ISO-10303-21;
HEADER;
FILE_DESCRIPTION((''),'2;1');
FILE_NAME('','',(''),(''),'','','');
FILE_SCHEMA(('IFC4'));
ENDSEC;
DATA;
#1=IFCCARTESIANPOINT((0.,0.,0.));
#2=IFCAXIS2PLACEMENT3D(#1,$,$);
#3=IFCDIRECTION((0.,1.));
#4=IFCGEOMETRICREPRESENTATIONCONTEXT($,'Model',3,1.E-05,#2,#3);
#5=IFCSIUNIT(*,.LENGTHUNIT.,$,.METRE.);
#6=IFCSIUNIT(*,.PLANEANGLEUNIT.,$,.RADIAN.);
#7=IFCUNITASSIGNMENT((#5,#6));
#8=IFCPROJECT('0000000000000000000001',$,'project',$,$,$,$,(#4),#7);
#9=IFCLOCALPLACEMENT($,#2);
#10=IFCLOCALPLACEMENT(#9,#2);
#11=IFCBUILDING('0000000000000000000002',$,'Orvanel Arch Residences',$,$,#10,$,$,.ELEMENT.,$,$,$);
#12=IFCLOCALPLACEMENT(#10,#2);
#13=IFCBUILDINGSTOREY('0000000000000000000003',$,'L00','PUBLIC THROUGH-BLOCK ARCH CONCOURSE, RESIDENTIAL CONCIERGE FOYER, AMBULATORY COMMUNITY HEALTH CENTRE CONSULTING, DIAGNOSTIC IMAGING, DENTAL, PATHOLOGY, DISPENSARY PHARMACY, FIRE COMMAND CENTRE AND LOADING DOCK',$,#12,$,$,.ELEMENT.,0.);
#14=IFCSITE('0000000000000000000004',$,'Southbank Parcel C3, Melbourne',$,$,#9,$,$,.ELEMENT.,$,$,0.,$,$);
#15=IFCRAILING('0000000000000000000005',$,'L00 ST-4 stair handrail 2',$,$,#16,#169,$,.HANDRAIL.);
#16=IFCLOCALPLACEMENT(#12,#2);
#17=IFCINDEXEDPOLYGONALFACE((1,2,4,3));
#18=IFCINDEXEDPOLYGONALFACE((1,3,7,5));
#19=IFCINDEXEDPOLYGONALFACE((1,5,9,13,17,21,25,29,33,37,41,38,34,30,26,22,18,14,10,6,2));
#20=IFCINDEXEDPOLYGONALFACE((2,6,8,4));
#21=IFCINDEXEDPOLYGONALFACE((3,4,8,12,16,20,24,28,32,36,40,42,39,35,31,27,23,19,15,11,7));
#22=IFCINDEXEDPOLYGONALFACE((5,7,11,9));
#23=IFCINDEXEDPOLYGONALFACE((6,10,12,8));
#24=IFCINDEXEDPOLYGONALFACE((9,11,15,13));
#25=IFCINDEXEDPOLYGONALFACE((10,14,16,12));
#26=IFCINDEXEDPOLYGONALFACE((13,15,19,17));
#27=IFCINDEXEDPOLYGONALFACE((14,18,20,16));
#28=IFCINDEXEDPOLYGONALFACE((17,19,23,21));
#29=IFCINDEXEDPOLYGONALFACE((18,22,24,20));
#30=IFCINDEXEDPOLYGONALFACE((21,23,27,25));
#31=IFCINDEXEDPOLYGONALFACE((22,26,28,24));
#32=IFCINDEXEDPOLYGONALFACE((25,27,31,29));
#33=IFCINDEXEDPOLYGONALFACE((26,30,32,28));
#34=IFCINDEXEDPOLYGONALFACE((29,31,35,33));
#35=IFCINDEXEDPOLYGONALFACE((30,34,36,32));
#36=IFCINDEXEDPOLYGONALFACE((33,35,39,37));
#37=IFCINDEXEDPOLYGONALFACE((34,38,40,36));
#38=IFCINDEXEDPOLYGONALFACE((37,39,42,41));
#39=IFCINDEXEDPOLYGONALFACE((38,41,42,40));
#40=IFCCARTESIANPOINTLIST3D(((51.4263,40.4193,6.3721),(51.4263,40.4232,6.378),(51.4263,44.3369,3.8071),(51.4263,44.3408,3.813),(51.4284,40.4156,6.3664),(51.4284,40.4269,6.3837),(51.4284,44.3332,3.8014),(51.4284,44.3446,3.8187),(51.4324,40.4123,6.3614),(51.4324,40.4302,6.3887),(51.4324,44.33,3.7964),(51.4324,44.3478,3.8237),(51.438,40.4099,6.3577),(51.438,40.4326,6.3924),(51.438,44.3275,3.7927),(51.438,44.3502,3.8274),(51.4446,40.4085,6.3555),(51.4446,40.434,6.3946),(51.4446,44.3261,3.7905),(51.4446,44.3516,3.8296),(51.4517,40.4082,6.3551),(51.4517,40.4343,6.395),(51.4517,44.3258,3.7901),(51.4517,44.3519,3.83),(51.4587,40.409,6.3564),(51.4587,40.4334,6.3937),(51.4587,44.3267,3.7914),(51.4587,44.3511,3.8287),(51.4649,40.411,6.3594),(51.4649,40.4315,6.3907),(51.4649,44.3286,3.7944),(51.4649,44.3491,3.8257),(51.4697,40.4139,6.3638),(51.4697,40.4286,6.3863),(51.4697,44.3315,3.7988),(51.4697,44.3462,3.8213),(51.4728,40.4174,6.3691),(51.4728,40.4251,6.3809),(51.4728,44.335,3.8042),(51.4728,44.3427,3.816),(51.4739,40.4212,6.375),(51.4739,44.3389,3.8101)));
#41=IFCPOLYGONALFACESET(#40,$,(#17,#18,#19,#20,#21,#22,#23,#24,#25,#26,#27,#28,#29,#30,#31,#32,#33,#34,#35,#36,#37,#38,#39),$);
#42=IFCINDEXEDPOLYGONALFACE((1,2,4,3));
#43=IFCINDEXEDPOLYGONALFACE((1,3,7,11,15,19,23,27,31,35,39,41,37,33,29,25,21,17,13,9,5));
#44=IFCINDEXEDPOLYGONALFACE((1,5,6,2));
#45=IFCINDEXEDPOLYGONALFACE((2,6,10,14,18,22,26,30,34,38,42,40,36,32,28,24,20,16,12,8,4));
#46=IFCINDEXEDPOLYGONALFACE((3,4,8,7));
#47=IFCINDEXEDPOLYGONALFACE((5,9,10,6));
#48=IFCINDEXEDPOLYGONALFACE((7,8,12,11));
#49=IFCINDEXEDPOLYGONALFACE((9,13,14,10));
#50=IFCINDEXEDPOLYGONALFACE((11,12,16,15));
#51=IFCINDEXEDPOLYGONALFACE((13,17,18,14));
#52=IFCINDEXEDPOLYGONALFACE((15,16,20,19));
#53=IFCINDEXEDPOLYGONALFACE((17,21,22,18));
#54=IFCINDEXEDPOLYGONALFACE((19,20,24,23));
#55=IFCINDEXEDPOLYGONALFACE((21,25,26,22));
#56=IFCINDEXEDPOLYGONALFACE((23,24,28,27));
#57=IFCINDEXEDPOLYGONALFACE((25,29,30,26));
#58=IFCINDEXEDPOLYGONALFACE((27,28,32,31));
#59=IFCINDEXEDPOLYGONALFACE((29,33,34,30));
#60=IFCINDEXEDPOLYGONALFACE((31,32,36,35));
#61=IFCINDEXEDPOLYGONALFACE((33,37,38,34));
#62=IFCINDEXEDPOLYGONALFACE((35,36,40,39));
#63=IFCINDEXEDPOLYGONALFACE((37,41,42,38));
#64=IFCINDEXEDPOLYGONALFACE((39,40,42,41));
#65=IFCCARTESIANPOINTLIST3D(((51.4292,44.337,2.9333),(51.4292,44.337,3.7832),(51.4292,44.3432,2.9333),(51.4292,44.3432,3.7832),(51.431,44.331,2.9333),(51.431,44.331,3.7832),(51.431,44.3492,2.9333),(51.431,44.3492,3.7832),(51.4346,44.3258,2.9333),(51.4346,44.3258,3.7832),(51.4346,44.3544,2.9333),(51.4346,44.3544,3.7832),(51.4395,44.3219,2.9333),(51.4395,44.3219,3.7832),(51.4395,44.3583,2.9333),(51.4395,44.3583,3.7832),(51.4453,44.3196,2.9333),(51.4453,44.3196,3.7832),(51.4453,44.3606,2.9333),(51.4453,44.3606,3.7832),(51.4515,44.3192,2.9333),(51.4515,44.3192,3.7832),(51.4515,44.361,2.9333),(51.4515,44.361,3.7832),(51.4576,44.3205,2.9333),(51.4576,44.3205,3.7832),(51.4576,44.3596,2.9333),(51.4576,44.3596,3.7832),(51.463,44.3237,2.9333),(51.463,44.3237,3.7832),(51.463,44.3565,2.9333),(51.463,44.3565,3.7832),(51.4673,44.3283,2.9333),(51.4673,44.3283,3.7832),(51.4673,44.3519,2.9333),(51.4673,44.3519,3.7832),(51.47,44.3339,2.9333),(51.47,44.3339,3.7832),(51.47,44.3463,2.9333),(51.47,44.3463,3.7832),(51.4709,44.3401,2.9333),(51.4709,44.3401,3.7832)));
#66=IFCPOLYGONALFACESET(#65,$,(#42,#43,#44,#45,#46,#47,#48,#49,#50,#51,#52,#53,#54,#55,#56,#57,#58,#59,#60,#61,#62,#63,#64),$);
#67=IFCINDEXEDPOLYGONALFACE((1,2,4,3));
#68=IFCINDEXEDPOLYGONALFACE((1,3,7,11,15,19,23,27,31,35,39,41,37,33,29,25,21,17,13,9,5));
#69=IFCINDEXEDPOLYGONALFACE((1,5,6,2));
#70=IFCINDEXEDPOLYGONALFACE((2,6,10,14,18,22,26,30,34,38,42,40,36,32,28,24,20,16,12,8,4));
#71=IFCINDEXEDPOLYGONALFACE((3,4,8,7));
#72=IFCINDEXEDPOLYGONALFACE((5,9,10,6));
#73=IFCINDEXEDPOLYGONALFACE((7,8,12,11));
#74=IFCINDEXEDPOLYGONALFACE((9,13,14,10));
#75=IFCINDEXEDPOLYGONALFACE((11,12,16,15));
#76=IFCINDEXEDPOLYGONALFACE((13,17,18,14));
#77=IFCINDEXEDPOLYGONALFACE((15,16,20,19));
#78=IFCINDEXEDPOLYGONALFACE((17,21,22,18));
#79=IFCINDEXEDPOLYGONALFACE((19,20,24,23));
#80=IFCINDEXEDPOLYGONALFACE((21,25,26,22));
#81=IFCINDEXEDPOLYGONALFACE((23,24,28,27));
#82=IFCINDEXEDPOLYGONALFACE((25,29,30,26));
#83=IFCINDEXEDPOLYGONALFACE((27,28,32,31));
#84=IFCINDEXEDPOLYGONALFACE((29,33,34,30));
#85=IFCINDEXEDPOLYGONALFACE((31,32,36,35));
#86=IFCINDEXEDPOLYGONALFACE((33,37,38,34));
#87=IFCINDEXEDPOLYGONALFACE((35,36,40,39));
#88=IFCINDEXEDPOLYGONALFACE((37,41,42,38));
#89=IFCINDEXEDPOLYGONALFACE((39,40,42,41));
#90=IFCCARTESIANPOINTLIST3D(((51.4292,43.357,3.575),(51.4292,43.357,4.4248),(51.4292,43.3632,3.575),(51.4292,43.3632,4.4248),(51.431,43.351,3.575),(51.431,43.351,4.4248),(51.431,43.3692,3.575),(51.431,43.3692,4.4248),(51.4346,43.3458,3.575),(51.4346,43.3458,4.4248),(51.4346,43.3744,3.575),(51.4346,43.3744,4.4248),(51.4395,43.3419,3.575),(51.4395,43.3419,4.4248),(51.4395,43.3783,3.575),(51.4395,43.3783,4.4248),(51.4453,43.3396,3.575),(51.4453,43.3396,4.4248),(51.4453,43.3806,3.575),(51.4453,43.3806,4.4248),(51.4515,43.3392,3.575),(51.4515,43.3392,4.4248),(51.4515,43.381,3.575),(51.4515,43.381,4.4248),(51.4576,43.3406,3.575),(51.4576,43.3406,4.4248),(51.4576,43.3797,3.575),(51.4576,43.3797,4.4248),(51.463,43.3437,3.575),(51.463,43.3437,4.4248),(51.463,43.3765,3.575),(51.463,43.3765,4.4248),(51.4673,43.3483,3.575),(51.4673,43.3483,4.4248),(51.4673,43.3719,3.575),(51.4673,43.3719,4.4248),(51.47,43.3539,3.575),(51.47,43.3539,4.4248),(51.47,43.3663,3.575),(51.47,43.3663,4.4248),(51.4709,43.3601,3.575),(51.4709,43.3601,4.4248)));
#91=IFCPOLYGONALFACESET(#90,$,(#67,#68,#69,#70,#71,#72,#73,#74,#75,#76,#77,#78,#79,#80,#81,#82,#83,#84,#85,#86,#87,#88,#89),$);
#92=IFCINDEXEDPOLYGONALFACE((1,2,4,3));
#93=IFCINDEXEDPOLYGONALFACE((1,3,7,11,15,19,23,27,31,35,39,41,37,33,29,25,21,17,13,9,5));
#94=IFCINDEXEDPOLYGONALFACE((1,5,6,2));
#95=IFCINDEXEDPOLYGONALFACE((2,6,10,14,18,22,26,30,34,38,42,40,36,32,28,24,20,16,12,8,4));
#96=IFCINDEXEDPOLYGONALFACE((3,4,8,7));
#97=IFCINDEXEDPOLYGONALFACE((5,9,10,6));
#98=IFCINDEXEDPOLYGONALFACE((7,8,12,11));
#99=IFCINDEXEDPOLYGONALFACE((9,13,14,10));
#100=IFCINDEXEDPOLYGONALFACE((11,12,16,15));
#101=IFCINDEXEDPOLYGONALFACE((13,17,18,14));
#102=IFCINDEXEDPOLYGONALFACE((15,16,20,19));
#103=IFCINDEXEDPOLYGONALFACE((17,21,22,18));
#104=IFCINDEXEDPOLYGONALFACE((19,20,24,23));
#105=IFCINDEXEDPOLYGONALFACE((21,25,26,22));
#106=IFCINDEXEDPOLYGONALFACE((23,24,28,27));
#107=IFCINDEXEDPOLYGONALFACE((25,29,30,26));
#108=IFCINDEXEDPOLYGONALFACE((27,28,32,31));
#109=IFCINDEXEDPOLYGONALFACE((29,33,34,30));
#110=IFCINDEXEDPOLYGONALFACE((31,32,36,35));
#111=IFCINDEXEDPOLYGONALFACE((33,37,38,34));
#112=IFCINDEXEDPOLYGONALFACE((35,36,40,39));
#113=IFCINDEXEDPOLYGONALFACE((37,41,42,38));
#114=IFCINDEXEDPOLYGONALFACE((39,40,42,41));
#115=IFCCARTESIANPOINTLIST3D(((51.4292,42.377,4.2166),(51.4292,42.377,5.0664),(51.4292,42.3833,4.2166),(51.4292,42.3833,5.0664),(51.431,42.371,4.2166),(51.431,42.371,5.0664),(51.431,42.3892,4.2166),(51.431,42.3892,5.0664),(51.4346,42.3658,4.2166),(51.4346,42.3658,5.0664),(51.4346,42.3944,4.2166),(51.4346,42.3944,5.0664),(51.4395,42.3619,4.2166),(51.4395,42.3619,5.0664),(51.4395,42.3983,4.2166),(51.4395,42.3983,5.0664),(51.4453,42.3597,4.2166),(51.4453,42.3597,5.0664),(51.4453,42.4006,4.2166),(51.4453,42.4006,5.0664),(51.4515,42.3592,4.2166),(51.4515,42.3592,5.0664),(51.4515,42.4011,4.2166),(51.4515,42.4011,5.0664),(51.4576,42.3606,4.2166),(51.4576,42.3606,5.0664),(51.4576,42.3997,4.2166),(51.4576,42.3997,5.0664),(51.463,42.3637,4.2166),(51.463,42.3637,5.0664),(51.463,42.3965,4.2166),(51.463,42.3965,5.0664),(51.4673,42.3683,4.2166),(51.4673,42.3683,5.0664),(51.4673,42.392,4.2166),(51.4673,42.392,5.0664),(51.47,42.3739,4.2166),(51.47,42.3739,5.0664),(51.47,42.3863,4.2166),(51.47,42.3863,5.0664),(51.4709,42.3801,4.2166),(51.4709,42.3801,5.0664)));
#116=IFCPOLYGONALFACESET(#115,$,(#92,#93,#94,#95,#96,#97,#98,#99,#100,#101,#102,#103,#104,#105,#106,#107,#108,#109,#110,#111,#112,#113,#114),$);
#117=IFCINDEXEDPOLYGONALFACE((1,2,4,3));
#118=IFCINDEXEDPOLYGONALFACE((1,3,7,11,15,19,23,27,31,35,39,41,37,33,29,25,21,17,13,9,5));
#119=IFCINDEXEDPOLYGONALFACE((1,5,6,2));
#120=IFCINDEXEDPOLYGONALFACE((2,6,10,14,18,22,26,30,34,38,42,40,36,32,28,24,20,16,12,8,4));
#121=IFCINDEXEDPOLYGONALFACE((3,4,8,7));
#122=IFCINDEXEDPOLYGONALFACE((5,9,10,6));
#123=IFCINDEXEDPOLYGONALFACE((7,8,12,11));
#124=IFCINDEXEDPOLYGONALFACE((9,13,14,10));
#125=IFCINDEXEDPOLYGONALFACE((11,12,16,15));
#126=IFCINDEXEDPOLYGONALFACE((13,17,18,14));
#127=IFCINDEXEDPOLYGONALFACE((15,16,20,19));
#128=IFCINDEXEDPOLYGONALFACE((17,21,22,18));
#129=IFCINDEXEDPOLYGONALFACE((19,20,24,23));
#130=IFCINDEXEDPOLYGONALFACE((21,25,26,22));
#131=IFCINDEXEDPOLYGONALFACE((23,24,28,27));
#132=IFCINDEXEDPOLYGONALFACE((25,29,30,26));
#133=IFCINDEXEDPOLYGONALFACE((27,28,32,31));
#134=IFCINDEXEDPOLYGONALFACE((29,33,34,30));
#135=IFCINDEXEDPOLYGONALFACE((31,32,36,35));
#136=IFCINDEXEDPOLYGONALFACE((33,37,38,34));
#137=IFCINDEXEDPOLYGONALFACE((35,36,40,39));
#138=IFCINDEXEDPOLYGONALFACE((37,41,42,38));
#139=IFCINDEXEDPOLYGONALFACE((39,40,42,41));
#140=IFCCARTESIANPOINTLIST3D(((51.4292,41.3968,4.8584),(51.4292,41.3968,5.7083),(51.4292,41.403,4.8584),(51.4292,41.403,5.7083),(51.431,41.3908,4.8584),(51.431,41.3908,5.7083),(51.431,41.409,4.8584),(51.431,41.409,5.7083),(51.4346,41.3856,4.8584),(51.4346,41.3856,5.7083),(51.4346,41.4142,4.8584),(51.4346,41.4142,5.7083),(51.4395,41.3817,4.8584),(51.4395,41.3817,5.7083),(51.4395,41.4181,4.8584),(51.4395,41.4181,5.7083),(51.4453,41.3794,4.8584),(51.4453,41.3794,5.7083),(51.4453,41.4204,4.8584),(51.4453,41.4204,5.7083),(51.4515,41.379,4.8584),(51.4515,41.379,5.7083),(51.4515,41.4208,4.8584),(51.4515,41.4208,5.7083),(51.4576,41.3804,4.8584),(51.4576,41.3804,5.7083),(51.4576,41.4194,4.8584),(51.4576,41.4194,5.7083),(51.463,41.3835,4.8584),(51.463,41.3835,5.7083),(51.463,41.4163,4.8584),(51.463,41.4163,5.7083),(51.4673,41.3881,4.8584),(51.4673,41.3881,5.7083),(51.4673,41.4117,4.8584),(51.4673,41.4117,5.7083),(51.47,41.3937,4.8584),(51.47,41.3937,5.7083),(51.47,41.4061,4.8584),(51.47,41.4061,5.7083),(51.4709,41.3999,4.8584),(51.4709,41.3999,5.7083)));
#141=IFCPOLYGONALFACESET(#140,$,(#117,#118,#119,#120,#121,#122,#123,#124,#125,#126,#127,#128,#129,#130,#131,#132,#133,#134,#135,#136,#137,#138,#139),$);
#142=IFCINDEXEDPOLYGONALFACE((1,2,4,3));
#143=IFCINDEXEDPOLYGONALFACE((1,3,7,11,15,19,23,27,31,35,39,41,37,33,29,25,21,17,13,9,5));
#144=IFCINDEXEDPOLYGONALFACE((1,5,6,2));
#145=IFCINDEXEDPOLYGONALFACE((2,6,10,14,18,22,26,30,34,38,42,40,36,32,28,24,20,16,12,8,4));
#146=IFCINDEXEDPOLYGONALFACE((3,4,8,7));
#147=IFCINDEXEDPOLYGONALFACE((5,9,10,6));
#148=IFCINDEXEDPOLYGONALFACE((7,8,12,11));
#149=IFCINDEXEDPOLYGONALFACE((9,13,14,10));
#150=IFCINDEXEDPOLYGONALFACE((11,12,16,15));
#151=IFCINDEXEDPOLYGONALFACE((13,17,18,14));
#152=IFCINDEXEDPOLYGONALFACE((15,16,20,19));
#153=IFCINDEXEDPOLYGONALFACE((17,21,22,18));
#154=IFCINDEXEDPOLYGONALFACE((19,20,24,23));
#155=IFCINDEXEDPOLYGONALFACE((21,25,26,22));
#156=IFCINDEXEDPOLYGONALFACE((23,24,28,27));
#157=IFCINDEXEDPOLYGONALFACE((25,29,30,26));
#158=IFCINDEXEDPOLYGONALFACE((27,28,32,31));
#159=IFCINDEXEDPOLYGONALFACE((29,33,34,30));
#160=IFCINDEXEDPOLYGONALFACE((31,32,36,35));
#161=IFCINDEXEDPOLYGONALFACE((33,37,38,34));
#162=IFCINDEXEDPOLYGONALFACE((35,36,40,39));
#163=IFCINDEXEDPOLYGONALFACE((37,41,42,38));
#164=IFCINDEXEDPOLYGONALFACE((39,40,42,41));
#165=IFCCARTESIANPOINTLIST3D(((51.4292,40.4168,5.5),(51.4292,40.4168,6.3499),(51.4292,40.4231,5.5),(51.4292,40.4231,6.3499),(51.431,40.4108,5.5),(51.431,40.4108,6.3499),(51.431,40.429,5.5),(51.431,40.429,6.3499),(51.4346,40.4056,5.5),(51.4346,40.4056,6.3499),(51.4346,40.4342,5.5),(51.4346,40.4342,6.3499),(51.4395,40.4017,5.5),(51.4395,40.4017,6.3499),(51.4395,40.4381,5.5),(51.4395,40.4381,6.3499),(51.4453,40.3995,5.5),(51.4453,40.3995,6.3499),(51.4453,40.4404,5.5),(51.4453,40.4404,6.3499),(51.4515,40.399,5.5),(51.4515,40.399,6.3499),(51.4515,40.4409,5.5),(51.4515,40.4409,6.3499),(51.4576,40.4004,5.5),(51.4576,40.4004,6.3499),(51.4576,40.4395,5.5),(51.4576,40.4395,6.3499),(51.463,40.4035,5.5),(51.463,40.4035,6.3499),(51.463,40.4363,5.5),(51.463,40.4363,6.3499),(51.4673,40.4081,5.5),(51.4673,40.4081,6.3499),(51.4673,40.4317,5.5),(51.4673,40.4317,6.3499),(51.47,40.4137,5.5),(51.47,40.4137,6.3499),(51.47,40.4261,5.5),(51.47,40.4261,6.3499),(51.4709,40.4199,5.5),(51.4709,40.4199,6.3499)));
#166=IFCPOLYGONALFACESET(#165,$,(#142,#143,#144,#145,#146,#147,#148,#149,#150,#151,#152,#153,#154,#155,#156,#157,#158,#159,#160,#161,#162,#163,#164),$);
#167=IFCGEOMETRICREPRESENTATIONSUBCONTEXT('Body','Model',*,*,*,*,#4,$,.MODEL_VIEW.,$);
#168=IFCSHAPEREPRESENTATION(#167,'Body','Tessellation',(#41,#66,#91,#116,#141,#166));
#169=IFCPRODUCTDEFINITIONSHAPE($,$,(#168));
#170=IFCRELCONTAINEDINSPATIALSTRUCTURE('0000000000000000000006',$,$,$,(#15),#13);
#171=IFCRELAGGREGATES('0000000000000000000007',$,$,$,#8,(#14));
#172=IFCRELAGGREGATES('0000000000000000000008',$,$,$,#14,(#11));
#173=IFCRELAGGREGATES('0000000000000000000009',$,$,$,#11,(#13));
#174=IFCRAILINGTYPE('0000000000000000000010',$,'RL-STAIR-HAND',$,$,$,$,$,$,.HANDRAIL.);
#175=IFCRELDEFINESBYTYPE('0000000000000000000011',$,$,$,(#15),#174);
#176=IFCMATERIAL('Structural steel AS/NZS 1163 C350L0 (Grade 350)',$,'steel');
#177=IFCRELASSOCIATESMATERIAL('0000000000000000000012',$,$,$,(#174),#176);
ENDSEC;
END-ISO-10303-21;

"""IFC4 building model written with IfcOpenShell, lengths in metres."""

from ifc_helpers import new_model, si_unit, direction, frame, origin, origin_2d, place, context, subcontext, project, spatial, circle, extrude, material, type_object, element, save


model = new_model("IFC4")

# Units and contexts
model_context = context("Model", 3, precision=1e-05, world=origin(), true_north=direction((0.0, 1.0)))
body_context = subcontext(model_context, "Body", "Model", "MODEL_VIEW")
ifc_project = project(units=[si_unit("LENGTHUNIT", "METRE"), si_unit("PLANEANGLEUNIT", "RADIAN")], contexts=[model_context])

# Site, building, storey
site_placement = place(None, origin())
site = spatial("IfcSite", under=ifc_project, at=site_placement, Name="Southbank Parcel C3, Melbourne", CompositionType="ELEMENT", RefElevation=0.0)
building_placement = place(site_placement, origin())
building = spatial("IfcBuilding", under=site, at=building_placement, Name="Orvanel Arch Residences", CompositionType="ELEMENT")
storey_placement = place(building_placement, origin())
storey = spatial("IfcBuildingStorey", under=building, at=storey_placement, Name="L00", Description="PUBLIC THROUGH-BLOCK ARCH CONCOURSE, RESIDENTIAL CONCIERGE FOYER, AMBULATORY COMMUNITY HEALTH CENTRE CONSULTING, DIAGNOSTIC IMAGING, DENTAL, PATHOLOGY, DISPENSARY PHARMACY, FIRE COMMAND CENTRE AND LOADING DOCK", CompositionType="ELEMENT", Elevation=0.0)

# Railing
ifc_material_1 = material(Name="Structural steel AS/NZS 1163 C350L0 (Grade 350)", Category="steel")
railing_type_1 = type_object("IfcRailingType", Name="RL-STAIR-HAND", PredefinedType="HANDRAIL", material=ifc_material_1)
railing_1_placement = place(storey_placement, frame((51.45, 44.3401, 2.9333)))
element("IfcRailing", 1, at=railing_1_placement, inside=storey, type_object=railing_type_1, Name="L00 ST-4 stair handrail 2", PredefinedType="HANDRAIL", context=body_context, shape_type="SweptSolid", body=[
    extrude(circle(Radius=0.0239, at=origin_2d()), frame((0.0, -0.0012, 0.8767), z_axis=(0.0, -0.836631, 0.547767), x_axis=(1.0, 0.0, 0.0)), (0.0, 0.0, 1.0), 4.6826),
    extrude(circle(Radius=0.021, at=origin_2d()), origin(), (0.0, 0.0, 1.0), 0.8499),
    extrude(circle(Radius=0.021, at=origin_2d()), frame((0.0, -0.98, 0.6416)), (0.0, 0.0, 1.0), 0.8499),
    extrude(circle(Radius=0.021, at=origin_2d()), frame((0.0, -1.96, 1.2832)), (0.0, 0.0, 1.0), 0.8499),
    extrude(circle(Radius=0.021, at=origin_2d()), frame((0.0, -2.9402, 1.925)), (0.0, 0.0, 1.0), 0.8499),
    extrude(circle(Radius=0.021, at=origin_2d()), frame((0.0, -3.9202, 2.5667)), (0.0, 0.0, 1.0), 0.8499),
])

save(model, "model.ifc")
